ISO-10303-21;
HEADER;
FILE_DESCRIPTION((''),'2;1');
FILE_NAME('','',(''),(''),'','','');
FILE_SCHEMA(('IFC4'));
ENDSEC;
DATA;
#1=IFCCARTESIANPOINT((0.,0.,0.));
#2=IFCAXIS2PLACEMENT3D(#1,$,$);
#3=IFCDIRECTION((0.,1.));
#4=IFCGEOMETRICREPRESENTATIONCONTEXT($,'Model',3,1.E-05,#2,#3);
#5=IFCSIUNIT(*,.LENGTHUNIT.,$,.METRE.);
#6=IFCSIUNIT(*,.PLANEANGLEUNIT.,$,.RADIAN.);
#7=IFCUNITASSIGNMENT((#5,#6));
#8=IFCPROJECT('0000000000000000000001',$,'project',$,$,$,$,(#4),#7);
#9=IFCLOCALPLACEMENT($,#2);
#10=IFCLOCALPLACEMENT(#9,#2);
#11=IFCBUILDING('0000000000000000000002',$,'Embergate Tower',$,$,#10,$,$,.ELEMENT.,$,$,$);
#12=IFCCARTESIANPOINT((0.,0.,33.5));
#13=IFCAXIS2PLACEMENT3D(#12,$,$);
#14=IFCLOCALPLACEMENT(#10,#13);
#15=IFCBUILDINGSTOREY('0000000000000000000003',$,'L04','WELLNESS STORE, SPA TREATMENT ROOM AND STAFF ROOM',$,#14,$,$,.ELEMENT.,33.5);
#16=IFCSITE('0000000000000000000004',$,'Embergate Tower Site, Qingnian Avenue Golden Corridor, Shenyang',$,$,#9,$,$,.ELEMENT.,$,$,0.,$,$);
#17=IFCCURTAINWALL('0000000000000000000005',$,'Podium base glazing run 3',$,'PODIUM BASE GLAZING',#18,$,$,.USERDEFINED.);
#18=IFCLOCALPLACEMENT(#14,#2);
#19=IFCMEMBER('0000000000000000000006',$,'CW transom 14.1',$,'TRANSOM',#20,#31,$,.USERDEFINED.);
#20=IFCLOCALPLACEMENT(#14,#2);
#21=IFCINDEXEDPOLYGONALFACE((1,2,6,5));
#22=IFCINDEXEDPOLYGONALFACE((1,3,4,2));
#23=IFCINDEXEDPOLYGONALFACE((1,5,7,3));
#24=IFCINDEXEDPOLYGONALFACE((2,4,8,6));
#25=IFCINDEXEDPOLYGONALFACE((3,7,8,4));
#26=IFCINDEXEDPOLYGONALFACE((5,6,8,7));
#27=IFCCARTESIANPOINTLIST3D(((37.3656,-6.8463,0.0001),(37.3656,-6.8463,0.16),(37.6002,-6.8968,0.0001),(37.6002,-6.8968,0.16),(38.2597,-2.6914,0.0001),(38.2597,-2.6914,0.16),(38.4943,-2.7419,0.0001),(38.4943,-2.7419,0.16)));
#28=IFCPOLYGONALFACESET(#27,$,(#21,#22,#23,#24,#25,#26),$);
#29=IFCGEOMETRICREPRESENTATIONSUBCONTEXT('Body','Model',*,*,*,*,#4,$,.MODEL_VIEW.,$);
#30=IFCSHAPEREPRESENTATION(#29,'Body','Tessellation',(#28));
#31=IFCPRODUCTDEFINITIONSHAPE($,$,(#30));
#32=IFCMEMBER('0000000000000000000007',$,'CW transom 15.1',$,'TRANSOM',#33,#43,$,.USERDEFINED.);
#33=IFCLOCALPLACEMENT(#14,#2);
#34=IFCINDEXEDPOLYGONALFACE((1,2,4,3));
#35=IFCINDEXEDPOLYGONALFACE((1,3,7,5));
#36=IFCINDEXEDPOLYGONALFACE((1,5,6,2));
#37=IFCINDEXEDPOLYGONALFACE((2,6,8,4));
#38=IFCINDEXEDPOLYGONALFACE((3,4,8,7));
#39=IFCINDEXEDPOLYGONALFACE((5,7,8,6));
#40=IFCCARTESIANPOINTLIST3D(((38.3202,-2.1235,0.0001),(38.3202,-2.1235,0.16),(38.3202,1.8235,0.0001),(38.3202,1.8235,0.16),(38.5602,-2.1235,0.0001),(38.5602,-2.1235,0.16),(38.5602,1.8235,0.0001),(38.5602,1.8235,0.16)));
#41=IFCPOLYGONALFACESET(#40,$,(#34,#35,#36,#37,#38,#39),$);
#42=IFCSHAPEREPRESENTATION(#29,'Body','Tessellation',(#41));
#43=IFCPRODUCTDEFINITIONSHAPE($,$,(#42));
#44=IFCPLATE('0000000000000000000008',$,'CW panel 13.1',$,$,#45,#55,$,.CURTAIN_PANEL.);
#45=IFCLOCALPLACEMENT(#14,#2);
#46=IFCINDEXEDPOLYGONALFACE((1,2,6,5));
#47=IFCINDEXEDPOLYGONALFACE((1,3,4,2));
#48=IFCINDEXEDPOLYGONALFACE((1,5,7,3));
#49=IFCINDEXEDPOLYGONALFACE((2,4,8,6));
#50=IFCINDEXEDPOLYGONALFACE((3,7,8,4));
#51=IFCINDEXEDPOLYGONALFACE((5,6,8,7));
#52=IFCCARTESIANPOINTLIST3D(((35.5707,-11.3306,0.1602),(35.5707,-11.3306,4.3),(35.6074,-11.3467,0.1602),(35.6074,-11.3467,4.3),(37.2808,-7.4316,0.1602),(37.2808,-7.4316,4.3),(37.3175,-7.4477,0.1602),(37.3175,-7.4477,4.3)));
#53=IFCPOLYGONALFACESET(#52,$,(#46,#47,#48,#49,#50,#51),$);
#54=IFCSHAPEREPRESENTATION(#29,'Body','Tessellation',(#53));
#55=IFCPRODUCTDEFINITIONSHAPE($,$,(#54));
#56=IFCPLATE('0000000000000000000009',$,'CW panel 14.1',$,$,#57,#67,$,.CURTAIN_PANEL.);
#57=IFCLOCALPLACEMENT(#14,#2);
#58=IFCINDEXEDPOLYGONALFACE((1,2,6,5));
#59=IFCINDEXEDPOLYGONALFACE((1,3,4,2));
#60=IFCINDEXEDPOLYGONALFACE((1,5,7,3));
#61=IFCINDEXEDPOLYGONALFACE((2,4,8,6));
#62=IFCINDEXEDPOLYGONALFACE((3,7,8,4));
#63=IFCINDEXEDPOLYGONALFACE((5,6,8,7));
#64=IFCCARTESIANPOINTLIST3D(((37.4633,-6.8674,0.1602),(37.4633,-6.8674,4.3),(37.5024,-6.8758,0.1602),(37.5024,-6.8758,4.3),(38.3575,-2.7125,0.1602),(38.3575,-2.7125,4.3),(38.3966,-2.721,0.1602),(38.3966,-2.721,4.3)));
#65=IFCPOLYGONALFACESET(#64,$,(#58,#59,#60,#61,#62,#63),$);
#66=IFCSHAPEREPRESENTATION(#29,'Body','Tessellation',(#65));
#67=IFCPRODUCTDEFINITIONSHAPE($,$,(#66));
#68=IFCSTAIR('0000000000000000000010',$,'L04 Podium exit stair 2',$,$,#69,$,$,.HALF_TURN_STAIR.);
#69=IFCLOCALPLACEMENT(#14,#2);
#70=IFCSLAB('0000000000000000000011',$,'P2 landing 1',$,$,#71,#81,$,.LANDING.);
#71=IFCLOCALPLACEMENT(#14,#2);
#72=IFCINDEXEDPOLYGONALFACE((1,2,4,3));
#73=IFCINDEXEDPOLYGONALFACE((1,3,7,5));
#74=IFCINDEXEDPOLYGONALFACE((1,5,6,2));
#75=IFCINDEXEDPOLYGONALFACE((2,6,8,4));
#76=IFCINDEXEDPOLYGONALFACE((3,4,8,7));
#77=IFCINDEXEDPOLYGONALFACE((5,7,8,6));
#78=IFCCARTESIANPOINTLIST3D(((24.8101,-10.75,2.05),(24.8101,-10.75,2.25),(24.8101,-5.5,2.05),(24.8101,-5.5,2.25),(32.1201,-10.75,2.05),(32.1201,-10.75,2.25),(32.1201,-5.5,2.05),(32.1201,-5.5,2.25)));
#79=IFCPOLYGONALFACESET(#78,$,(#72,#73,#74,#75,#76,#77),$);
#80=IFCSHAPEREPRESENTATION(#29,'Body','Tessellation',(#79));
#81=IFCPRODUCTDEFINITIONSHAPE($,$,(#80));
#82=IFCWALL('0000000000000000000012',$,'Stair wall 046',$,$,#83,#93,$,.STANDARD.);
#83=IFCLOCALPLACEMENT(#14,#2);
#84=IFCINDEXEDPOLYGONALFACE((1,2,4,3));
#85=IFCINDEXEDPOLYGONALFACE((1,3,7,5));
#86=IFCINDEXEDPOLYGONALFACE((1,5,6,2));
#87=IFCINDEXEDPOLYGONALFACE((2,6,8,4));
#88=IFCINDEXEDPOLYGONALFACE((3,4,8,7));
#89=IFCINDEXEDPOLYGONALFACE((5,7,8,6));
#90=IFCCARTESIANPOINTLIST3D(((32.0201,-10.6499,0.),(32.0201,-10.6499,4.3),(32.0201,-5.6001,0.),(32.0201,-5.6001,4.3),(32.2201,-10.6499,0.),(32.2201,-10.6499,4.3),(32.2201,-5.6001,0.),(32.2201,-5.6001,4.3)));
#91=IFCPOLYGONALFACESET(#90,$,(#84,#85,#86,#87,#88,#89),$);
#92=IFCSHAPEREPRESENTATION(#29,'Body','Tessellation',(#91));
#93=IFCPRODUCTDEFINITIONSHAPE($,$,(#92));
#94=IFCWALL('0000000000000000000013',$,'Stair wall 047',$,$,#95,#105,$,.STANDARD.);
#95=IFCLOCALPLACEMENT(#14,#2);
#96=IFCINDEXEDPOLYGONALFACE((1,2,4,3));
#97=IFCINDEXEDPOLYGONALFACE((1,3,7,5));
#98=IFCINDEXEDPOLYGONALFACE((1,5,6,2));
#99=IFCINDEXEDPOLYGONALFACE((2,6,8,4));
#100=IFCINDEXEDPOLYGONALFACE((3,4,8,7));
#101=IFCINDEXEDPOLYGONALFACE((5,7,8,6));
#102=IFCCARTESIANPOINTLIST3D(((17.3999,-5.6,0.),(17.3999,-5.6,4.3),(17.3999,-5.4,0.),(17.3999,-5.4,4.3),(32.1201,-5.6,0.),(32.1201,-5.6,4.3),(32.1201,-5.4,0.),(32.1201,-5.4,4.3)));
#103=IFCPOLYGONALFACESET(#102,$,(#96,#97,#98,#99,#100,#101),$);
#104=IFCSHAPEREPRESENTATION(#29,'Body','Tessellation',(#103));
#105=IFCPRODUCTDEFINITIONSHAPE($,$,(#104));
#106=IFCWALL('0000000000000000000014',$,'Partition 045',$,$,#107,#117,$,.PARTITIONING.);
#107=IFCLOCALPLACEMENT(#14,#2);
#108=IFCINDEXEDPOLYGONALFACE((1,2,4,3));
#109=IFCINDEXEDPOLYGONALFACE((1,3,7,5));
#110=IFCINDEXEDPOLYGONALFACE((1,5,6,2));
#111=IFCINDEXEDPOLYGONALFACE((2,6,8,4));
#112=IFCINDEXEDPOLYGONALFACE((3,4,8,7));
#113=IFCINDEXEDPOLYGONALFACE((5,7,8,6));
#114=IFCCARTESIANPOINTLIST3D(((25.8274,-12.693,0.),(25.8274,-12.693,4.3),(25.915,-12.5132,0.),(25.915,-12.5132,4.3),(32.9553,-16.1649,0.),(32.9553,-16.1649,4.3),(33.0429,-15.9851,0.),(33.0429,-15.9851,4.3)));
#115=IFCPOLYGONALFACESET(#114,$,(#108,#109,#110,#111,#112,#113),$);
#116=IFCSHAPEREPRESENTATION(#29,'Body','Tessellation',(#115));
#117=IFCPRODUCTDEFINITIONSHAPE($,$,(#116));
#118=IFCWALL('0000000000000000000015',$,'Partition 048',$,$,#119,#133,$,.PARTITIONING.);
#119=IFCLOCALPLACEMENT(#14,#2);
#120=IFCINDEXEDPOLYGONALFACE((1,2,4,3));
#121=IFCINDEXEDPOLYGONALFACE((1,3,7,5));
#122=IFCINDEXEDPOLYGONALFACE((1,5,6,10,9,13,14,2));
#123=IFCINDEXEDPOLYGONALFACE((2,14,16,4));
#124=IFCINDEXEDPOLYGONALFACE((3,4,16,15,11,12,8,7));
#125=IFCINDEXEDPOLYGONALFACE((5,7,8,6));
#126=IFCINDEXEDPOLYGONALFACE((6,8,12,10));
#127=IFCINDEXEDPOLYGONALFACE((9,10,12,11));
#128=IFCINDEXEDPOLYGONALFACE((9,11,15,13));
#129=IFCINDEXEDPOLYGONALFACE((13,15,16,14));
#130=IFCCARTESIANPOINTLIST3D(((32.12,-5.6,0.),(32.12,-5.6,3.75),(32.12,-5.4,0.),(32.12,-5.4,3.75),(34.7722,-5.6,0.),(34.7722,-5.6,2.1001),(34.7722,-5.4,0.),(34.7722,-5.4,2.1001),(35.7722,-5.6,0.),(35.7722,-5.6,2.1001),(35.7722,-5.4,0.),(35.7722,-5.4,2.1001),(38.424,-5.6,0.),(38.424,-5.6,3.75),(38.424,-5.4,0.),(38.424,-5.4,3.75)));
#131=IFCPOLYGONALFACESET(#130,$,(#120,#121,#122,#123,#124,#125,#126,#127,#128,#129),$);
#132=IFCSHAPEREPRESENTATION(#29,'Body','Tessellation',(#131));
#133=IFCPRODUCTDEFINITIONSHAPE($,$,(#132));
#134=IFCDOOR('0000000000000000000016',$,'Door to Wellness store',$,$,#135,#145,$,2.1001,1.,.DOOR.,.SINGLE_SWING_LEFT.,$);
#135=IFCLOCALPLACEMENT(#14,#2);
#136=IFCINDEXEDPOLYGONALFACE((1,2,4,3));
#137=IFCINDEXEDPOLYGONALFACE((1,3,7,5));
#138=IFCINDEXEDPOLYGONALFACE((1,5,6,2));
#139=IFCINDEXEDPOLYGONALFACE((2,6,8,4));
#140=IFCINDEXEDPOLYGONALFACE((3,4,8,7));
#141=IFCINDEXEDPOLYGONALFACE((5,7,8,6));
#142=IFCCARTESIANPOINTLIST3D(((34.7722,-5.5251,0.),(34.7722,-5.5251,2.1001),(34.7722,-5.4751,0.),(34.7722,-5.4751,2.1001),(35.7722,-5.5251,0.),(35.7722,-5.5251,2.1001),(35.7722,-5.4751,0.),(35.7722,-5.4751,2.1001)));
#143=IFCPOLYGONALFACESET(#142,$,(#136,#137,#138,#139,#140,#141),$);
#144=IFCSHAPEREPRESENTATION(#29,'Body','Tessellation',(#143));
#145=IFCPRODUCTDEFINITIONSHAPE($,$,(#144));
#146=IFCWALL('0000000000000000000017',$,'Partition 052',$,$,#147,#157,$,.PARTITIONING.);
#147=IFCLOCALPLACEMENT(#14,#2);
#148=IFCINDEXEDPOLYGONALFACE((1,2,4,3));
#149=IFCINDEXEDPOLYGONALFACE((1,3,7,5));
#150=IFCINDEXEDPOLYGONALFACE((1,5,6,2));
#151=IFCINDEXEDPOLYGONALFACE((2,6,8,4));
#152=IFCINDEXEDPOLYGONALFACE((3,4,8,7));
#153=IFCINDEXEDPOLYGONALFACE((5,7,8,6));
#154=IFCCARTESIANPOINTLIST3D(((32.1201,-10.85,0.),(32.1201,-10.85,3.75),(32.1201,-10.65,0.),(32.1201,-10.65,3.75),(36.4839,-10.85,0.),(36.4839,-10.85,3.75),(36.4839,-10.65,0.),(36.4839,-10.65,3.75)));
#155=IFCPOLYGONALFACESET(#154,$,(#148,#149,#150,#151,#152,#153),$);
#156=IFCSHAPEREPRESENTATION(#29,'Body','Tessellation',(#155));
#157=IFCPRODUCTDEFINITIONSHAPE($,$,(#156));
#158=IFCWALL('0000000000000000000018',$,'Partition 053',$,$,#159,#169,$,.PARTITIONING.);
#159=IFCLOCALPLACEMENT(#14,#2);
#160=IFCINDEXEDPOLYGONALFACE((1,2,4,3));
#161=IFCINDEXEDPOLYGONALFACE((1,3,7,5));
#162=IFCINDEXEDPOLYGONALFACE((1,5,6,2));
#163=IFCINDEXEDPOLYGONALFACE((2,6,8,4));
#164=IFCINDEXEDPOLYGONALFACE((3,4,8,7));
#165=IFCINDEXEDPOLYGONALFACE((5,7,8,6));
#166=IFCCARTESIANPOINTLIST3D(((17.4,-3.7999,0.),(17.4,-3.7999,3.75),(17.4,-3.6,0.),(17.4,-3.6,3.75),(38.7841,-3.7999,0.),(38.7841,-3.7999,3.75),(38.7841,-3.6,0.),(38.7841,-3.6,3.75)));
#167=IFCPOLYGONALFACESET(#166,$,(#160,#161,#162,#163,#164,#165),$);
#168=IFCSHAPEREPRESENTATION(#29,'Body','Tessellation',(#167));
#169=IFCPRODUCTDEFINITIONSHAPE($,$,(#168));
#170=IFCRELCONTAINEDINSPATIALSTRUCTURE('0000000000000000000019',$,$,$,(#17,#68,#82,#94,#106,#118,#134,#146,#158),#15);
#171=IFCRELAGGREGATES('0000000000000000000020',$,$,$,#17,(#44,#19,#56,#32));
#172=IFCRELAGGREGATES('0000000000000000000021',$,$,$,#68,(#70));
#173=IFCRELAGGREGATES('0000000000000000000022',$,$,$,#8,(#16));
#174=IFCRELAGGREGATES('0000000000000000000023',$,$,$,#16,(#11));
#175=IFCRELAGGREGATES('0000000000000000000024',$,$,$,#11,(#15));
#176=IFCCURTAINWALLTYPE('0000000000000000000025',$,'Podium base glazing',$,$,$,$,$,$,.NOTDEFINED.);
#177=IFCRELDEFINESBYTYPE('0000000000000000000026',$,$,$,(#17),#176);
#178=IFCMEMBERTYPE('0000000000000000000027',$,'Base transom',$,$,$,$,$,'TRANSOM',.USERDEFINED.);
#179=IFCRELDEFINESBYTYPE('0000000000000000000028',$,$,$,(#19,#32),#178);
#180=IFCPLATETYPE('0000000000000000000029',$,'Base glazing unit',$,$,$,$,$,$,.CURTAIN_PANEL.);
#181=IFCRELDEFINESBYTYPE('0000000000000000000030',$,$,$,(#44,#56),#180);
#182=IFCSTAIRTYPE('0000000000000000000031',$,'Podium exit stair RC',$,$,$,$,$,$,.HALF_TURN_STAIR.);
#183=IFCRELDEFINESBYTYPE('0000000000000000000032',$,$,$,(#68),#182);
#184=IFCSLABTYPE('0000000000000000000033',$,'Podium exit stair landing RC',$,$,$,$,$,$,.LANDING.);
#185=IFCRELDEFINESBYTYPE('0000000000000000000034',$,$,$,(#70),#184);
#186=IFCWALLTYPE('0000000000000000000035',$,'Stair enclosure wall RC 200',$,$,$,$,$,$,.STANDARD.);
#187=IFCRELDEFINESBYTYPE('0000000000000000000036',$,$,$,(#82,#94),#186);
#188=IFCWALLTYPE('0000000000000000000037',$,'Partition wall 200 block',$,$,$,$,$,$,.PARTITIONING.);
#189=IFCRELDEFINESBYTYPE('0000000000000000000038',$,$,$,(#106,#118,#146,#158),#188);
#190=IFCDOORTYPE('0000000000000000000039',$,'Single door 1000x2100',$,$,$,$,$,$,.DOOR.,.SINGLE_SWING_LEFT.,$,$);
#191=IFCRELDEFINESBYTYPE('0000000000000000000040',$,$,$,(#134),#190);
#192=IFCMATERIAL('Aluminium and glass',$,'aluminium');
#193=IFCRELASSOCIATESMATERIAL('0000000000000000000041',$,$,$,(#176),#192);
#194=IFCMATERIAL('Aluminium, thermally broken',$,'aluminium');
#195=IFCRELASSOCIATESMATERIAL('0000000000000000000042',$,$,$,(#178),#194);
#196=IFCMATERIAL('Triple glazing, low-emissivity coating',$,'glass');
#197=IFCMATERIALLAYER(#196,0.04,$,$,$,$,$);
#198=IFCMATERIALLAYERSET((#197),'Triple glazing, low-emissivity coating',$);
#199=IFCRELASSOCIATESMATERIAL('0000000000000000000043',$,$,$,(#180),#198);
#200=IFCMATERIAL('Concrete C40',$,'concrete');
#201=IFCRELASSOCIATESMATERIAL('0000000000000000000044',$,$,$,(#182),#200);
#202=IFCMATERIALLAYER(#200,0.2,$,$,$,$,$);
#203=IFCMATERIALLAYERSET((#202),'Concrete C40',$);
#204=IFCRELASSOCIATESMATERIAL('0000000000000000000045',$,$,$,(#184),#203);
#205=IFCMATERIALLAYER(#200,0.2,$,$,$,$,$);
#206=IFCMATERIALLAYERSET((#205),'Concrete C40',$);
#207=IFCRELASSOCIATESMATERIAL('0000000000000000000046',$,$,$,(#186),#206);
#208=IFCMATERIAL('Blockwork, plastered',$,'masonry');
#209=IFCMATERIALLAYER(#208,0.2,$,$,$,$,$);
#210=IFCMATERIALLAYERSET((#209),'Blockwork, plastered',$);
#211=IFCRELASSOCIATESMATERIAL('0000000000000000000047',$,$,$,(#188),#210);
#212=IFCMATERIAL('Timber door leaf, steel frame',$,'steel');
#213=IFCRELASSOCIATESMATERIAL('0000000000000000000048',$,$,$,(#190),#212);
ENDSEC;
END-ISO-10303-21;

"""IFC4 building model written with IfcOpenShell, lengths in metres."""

from ifc_helpers import new_model, si_unit, direction, frame, frame_2d, origin, origin_2d, place, context, subcontext, project, spatial, polyline, rectangle, outline, extrude, source, transform, mapped, material, layer, layer_set, material_profile, profile_set, type_object, element, fill, aggregate, save


model = new_model("IFC4")

# Units and contexts
model_context = context("Model", 3, precision=1e-05, world=origin(), true_north=direction((0.0, 1.0)))
body_context = subcontext(model_context, "Body", "Model", "MODEL_VIEW")
ifc_project = project(units=[si_unit("LENGTHUNIT", "METRE"), si_unit("PLANEANGLEUNIT", "RADIAN")], contexts=[model_context])

# Site, building, storey
site_placement = place(None, origin())
site = spatial("IfcSite", under=ifc_project, at=site_placement, Name="Embergate Tower Site, Qingnian Avenue Golden Corridor, Shenyang", CompositionType="ELEMENT", RefElevation=0.0)
building_placement = place(site_placement, origin())
building = spatial("IfcBuilding", under=site, at=building_placement, Name="Embergate Tower", CompositionType="ELEMENT")
storey_placement = place(building_placement, frame((0.0, 0.0, 33.5)))
storey = spatial("IfcBuildingStorey", under=building, at=storey_placement, Name="L04", Description="WELLNESS STORE, SPA TREATMENT ROOM AND STAFF ROOM", CompositionType="ELEMENT", Elevation=33.5)

# Curtain wall, members, plates
ifc_material_1 = material(Name="Aluminium and glass", Category="aluminium")
curtain_wall_type = type_object("IfcCurtainWallType", Name="Podium base glazing", PredefinedType="NOTDEFINED", material=ifc_material_1)
curtain_wall_placement = place(storey_placement, origin())
curtain_wall = element("IfcCurtainWall", 1, at=curtain_wall_placement, inside=storey, type_object=curtain_wall_type, Name="Podium base glazing run 3", ObjectType="PODIUM BASE GLAZING", PredefinedType="USERDEFINED")
ifc_material_2 = material(Name="Aluminium, thermally broken", Category="aluminium")
ifc_material_profile_1 = material_profile(ifc_material_2, rectangle(XDim=0.24, YDim=0.1599, at=origin_2d()), Name="AL 160x240")
ifc_profile_set_1 = profile_set([ifc_material_profile_1], Name="Aluminium, thermally broken")
member_type_1 = type_object("IfcMemberType", Name="Base transom", ElementType="TRANSOM", PredefinedType="USERDEFINED", material=ifc_profile_set_1)
shared_shape_1 = source(origin(), body_context, "Body", "SweptSolid", [
    extrude(rectangle(XDim=0.24, YDim=0.1599, at=origin_2d()), origin(), (0.0, 0.0, 1.0), 4.25),
])
member_1_placement = place(storey_placement, frame((37.4829, -6.8716, 0.0801), z_axis=(0.210369, 0.977622, 0.0), x_axis=(-0.977622, 0.210369, 0.0)))
member_1 = element("IfcMember", 2, at=member_1_placement, type_object=member_type_1, Name="CW transom 14.1", ObjectType="TRANSOM", PredefinedType="USERDEFINED", context=body_context, shape_type="MappedRepresentation", body=[
    mapped(shared_shape_1, transform((0.0, 0.0, 0.0))),
])
shared_shape_2 = source(origin(), body_context, "Body", "SweptSolid", [
    extrude(rectangle(XDim=0.24, YDim=0.1599, at=origin_2d()), origin(), (0.0, 0.0, 1.0), 3.947),
])
member_2_placement = place(storey_placement, frame((38.4402, -2.1235, 0.0801), z_axis=(0.0, 1.0, 0.0), x_axis=(-1.0, 0.0, 0.0)))
member_2 = element("IfcMember", 3, at=member_2_placement, type_object=member_type_1, Name="CW transom 15.1", ObjectType="TRANSOM", PredefinedType="USERDEFINED", context=body_context, shape_type="MappedRepresentation", body=[
    mapped(shared_shape_2, transform((0.0, 0.0, 0.0))),
])
ifc_material_3 = material(Name="Triple glazing, low-emissivity coating", Category="glass")
ifc_layer_1 = layer(ifc_material_3, 0.04)
ifc_layer_set_1 = layer_set([ifc_layer_1], Name="Triple glazing, low-emissivity coating")
plate_type = type_object("IfcPlateType", Name="Base glazing unit", PredefinedType="CURTAIN_PANEL", material=ifc_layer_set_1)
shared_shape_3 = source(origin(), body_context, "Body", "SweptSolid", [
    extrude(rectangle(XDim=4.2576, YDim=0.04, at=origin_2d()), origin(), (0.0, 0.0, 1.0), 4.1399),
])
plate_1_placement = place(storey_placement, frame((36.4441, -9.3892, 0.1602), z_axis=(0.0, 0.0, 1.0), x_axis=(0.401655, 0.915791, 0.0)))
plate_1 = element("IfcPlate", 4, at=plate_1_placement, type_object=plate_type, Name="CW panel 13.1", PredefinedType="CURTAIN_PANEL", context=body_context, shape_type="MappedRepresentation", body=[
    mapped(shared_shape_3, transform((0.0, 0.0, 0.0))),
])
shared_shape_4 = source(origin(), body_context, "Body", "SweptSolid", [
    extrude(rectangle(XDim=4.25, YDim=0.04, at=origin_2d()), origin(), (0.0, 0.0, 1.0), 4.1399),
])
plate_2_placement = place(storey_placement, frame((37.9299, -4.7942, 0.1602), z_axis=(0.0, 0.0, 1.0), x_axis=(0.2104, 0.977615, 0.0)))
plate_2 = element("IfcPlate", 5, at=plate_2_placement, type_object=plate_type, Name="CW panel 14.1", PredefinedType="CURTAIN_PANEL", context=body_context, shape_type="MappedRepresentation", body=[
    mapped(shared_shape_4, transform((0.0, 0.0, 0.0))),
])
aggregate(curtain_wall, [plate_1, member_1, plate_2, member_2])

# Stair, slab
ifc_material_4 = material(Name="Concrete C40", Category="concrete")
stair_type = type_object("IfcStairType", Name="Podium exit stair RC", PredefinedType="HALF_TURN_STAIR", material=ifc_material_4)
stair_placement = place(storey_placement, origin())
stair = element("IfcStair", 6, at=stair_placement, inside=storey, type_object=stair_type, Name="L04 Podium exit stair 2", PredefinedType="HALF_TURN_STAIR")
ifc_layer_2 = layer(ifc_material_4, 0.2)
ifc_layer_set_2 = layer_set([ifc_layer_2], Name="Concrete C40")
slab_type = type_object("IfcSlabType", Name="Podium exit stair landing RC", PredefinedType="LANDING", material=ifc_layer_set_2)
shared_shape_5 = source(origin(), body_context, "Body", "SweptSolid", [
    extrude(outline(polyline([(0.0, 0.0), (7.3101, 0.0), (7.3101, 5.25), (0.0, 5.25), (0.0, 0.0)])), origin(), (0.0, 0.0, 1.0), 0.2),
])
slab_placement = place(storey_placement, frame((24.8101, -10.75, 2.05)))
slab = element("IfcSlab", 7, at=slab_placement, type_object=slab_type, Name="P2 landing 1", PredefinedType="LANDING", context=body_context, shape_type="MappedRepresentation", body=[
    mapped(shared_shape_5, transform((0.0, 0.0, 0.0))),
])

# Walls
ifc_layer_3 = layer(ifc_material_4, 0.2)
ifc_layer_set_3 = layer_set([ifc_layer_3], Name="Concrete C40")
wall_type_1 = type_object("IfcWallType", Name="Stair enclosure wall RC 200", PredefinedType="STANDARD", material=ifc_layer_set_3)
shared_shape_6 = source(origin(), body_context, "Body", "SweptSolid", [
    extrude(rectangle(XDim=5.0498, YDim=0.2, at=frame_2d((2.5249, 0.0))), origin(), (0.0, 0.0, 1.0), 4.3),
])
wall_1_placement = place(storey_placement, frame((32.1201, -10.6499, 0.0), z_axis=(0.0, 0.0, 1.0), x_axis=(0.0, 1.0, 0.0)))
element("IfcWall", 8, at=wall_1_placement, inside=storey, type_object=wall_type_1, Name="Stair wall 046", PredefinedType="STANDARD", context=body_context, shape_type="MappedRepresentation", body=[
    mapped(shared_shape_6, transform((0.0, 0.0, 0.0))),
])
shared_shape_7 = source(origin(), body_context, "Body", "SweptSolid", [
    extrude(rectangle(XDim=14.7202, YDim=0.2, at=frame_2d((7.3601, 0.0))), origin(), (0.0, 0.0, 1.0), 4.3),
])
wall_2_placement = place(storey_placement, frame((32.1201, -5.5, 0.0), z_axis=(0.0, 0.0, 1.0), x_axis=(-1.0, 0.0, 0.0)))
element("IfcWall", 9, at=wall_2_placement, inside=storey, type_object=wall_type_1, Name="Stair wall 047", PredefinedType="STANDARD", context=body_context, shape_type="MappedRepresentation", body=[
    mapped(shared_shape_7, transform((0.0, 0.0, 0.0))),
])
ifc_material_5 = material(Name="Blockwork, plastered", Category="masonry")
ifc_layer_4 = layer(ifc_material_5, 0.2)
ifc_layer_set_4 = layer_set([ifc_layer_4], Name="Blockwork, plastered")
wall_type_2 = type_object("IfcWallType", Name="Partition wall 200 block", PredefinedType="PARTITIONING", material=ifc_layer_set_4)
shared_shape_8 = source(origin(), body_context, "Body", "SweptSolid", [
    extrude(rectangle(XDim=7.9285, YDim=0.2, at=frame_2d((3.9644, 0.0))), origin(), (0.0, 0.0, 1.0), 4.3),
])
wall_3_placement = place(storey_placement, frame((25.8711, -12.603, 0.0), z_axis=(0.0, 0.0, 1.0), x_axis=(0.899023, -0.437902, 0.0)))
element("IfcWall", 10, at=wall_3_placement, inside=storey, type_object=wall_type_2, Name="Partition 045", PredefinedType="PARTITIONING", context=body_context, shape_type="MappedRepresentation", body=[
    mapped(shared_shape_8, transform((0.0, 0.0, 0.0))),
])

# Wall, opening, door
shared_shape_9 = source(origin(), body_context, "Body", "SweptSolid", [
    extrude(rectangle(XDim=6.304, YDim=0.2, at=frame_2d((3.1519, 0.0))), origin(), (0.0, 0.0, 1.0), 3.75),
])
wall_4_placement = place(storey_placement, frame((32.1201, -5.5, 0.0), z_axis=(0.0, 0.0, 1.0), x_axis=(1.0, 0.0, 0.0)))
wall_4 = element("IfcWall", 11, at=wall_4_placement, inside=storey, type_object=wall_type_2, Name="Partition 048", PredefinedType="PARTITIONING", context=body_context, shape_type="MappedRepresentation", body=[
    mapped(shared_shape_9, transform((0.0, 0.0, 0.0))),
])
shared_shape_10 = source(origin(), body_context, "Body", "SweptSolid", [
    extrude(rectangle(XDim=1.0, YDim=2.1001, at=frame_2d((0.5, 1.05))), frame((0.0, 0.1099, 0.0), z_axis=(0.0, -1.0, 0.0), x_axis=(1.0, 0.0, 0.0)), (0.0, 0.0, 1.0), 0.22),
])
opening_placement = place(wall_4_placement, frame((2.6521, 0.0, 0.0)))
opening = element("IfcOpeningElement", 12, at=opening_placement, cuts=wall_4, PredefinedType="OPENING", context=body_context, shape_type="MappedRepresentation", body=[
    mapped(shared_shape_10, transform((0.0, 0.0, 0.0))),
])
ifc_material_6 = material(Name="Timber door leaf, steel frame", Category="steel")
door_type = type_object("IfcDoorType", Name="Single door 1000x2100", OperationType="SINGLE_SWING_LEFT", PredefinedType="DOOR", material=ifc_material_6)
shared_shape_11 = source(origin(), body_context, "Body", "SweptSolid", [
    extrude(rectangle(XDim=1.0, YDim=2.1001, at=frame_2d((0.5, 1.05))), frame((0.0, 0.0249, 0.0), z_axis=(0.0, -1.0, 0.0), x_axis=(1.0, 0.0, 0.0)), (0.0, 0.0, 1.0), 0.05),
])
door_placement = place(opening_placement, origin())
door = element("IfcDoor", 13, at=door_placement, inside=storey, type_object=door_type, Name="Door to Wellness store", OperationType="SINGLE_SWING_LEFT", OverallHeight=2.1001, OverallWidth=1.0, PredefinedType="DOOR", context=body_context, shape_type="MappedRepresentation", body=[
    mapped(shared_shape_11, transform((0.0, 0.0, 0.0))),
])
fill(opening, door)

# Walls
shared_shape_12 = source(origin(), body_context, "Body", "SweptSolid", [
    extrude(rectangle(XDim=4.3638, YDim=0.2, at=frame_2d((2.1819, 0.0))), origin(), (0.0, 0.0, 1.0), 3.75),
])
wall_5_placement = place(storey_placement, frame((36.4839, -10.75, 0.0), z_axis=(0.0, 0.0, 1.0), x_axis=(-1.0, 0.0, 0.0)))
element("IfcWall", 14, at=wall_5_placement, inside=storey, type_object=wall_type_2, Name="Partition 052", PredefinedType="PARTITIONING", context=body_context, shape_type="MappedRepresentation", body=[
    mapped(shared_shape_12, transform((0.0, 0.0, 0.0))),
])
shared_shape_13 = source(origin(), body_context, "Body", "SweptSolid", [
    extrude(rectangle(XDim=21.384, YDim=0.2, at=frame_2d((10.6919, 0.0))), origin(), (0.0, 0.0, 1.0), 3.75),
])
wall_6_placement = place(storey_placement, frame((38.7839, -3.7, 0.0), z_axis=(0.0, 0.0, 1.0), x_axis=(-1.0, 0.0, 0.0)))
element("IfcWall", 15, at=wall_6_placement, inside=storey, type_object=wall_type_2, Name="Partition 053", PredefinedType="PARTITIONING", context=body_context, shape_type="MappedRepresentation", body=[
    mapped(shared_shape_13, transform((0.0, 0.0, 0.0))),
])

aggregate(stair, [slab])

save(model, "model.ifc")
